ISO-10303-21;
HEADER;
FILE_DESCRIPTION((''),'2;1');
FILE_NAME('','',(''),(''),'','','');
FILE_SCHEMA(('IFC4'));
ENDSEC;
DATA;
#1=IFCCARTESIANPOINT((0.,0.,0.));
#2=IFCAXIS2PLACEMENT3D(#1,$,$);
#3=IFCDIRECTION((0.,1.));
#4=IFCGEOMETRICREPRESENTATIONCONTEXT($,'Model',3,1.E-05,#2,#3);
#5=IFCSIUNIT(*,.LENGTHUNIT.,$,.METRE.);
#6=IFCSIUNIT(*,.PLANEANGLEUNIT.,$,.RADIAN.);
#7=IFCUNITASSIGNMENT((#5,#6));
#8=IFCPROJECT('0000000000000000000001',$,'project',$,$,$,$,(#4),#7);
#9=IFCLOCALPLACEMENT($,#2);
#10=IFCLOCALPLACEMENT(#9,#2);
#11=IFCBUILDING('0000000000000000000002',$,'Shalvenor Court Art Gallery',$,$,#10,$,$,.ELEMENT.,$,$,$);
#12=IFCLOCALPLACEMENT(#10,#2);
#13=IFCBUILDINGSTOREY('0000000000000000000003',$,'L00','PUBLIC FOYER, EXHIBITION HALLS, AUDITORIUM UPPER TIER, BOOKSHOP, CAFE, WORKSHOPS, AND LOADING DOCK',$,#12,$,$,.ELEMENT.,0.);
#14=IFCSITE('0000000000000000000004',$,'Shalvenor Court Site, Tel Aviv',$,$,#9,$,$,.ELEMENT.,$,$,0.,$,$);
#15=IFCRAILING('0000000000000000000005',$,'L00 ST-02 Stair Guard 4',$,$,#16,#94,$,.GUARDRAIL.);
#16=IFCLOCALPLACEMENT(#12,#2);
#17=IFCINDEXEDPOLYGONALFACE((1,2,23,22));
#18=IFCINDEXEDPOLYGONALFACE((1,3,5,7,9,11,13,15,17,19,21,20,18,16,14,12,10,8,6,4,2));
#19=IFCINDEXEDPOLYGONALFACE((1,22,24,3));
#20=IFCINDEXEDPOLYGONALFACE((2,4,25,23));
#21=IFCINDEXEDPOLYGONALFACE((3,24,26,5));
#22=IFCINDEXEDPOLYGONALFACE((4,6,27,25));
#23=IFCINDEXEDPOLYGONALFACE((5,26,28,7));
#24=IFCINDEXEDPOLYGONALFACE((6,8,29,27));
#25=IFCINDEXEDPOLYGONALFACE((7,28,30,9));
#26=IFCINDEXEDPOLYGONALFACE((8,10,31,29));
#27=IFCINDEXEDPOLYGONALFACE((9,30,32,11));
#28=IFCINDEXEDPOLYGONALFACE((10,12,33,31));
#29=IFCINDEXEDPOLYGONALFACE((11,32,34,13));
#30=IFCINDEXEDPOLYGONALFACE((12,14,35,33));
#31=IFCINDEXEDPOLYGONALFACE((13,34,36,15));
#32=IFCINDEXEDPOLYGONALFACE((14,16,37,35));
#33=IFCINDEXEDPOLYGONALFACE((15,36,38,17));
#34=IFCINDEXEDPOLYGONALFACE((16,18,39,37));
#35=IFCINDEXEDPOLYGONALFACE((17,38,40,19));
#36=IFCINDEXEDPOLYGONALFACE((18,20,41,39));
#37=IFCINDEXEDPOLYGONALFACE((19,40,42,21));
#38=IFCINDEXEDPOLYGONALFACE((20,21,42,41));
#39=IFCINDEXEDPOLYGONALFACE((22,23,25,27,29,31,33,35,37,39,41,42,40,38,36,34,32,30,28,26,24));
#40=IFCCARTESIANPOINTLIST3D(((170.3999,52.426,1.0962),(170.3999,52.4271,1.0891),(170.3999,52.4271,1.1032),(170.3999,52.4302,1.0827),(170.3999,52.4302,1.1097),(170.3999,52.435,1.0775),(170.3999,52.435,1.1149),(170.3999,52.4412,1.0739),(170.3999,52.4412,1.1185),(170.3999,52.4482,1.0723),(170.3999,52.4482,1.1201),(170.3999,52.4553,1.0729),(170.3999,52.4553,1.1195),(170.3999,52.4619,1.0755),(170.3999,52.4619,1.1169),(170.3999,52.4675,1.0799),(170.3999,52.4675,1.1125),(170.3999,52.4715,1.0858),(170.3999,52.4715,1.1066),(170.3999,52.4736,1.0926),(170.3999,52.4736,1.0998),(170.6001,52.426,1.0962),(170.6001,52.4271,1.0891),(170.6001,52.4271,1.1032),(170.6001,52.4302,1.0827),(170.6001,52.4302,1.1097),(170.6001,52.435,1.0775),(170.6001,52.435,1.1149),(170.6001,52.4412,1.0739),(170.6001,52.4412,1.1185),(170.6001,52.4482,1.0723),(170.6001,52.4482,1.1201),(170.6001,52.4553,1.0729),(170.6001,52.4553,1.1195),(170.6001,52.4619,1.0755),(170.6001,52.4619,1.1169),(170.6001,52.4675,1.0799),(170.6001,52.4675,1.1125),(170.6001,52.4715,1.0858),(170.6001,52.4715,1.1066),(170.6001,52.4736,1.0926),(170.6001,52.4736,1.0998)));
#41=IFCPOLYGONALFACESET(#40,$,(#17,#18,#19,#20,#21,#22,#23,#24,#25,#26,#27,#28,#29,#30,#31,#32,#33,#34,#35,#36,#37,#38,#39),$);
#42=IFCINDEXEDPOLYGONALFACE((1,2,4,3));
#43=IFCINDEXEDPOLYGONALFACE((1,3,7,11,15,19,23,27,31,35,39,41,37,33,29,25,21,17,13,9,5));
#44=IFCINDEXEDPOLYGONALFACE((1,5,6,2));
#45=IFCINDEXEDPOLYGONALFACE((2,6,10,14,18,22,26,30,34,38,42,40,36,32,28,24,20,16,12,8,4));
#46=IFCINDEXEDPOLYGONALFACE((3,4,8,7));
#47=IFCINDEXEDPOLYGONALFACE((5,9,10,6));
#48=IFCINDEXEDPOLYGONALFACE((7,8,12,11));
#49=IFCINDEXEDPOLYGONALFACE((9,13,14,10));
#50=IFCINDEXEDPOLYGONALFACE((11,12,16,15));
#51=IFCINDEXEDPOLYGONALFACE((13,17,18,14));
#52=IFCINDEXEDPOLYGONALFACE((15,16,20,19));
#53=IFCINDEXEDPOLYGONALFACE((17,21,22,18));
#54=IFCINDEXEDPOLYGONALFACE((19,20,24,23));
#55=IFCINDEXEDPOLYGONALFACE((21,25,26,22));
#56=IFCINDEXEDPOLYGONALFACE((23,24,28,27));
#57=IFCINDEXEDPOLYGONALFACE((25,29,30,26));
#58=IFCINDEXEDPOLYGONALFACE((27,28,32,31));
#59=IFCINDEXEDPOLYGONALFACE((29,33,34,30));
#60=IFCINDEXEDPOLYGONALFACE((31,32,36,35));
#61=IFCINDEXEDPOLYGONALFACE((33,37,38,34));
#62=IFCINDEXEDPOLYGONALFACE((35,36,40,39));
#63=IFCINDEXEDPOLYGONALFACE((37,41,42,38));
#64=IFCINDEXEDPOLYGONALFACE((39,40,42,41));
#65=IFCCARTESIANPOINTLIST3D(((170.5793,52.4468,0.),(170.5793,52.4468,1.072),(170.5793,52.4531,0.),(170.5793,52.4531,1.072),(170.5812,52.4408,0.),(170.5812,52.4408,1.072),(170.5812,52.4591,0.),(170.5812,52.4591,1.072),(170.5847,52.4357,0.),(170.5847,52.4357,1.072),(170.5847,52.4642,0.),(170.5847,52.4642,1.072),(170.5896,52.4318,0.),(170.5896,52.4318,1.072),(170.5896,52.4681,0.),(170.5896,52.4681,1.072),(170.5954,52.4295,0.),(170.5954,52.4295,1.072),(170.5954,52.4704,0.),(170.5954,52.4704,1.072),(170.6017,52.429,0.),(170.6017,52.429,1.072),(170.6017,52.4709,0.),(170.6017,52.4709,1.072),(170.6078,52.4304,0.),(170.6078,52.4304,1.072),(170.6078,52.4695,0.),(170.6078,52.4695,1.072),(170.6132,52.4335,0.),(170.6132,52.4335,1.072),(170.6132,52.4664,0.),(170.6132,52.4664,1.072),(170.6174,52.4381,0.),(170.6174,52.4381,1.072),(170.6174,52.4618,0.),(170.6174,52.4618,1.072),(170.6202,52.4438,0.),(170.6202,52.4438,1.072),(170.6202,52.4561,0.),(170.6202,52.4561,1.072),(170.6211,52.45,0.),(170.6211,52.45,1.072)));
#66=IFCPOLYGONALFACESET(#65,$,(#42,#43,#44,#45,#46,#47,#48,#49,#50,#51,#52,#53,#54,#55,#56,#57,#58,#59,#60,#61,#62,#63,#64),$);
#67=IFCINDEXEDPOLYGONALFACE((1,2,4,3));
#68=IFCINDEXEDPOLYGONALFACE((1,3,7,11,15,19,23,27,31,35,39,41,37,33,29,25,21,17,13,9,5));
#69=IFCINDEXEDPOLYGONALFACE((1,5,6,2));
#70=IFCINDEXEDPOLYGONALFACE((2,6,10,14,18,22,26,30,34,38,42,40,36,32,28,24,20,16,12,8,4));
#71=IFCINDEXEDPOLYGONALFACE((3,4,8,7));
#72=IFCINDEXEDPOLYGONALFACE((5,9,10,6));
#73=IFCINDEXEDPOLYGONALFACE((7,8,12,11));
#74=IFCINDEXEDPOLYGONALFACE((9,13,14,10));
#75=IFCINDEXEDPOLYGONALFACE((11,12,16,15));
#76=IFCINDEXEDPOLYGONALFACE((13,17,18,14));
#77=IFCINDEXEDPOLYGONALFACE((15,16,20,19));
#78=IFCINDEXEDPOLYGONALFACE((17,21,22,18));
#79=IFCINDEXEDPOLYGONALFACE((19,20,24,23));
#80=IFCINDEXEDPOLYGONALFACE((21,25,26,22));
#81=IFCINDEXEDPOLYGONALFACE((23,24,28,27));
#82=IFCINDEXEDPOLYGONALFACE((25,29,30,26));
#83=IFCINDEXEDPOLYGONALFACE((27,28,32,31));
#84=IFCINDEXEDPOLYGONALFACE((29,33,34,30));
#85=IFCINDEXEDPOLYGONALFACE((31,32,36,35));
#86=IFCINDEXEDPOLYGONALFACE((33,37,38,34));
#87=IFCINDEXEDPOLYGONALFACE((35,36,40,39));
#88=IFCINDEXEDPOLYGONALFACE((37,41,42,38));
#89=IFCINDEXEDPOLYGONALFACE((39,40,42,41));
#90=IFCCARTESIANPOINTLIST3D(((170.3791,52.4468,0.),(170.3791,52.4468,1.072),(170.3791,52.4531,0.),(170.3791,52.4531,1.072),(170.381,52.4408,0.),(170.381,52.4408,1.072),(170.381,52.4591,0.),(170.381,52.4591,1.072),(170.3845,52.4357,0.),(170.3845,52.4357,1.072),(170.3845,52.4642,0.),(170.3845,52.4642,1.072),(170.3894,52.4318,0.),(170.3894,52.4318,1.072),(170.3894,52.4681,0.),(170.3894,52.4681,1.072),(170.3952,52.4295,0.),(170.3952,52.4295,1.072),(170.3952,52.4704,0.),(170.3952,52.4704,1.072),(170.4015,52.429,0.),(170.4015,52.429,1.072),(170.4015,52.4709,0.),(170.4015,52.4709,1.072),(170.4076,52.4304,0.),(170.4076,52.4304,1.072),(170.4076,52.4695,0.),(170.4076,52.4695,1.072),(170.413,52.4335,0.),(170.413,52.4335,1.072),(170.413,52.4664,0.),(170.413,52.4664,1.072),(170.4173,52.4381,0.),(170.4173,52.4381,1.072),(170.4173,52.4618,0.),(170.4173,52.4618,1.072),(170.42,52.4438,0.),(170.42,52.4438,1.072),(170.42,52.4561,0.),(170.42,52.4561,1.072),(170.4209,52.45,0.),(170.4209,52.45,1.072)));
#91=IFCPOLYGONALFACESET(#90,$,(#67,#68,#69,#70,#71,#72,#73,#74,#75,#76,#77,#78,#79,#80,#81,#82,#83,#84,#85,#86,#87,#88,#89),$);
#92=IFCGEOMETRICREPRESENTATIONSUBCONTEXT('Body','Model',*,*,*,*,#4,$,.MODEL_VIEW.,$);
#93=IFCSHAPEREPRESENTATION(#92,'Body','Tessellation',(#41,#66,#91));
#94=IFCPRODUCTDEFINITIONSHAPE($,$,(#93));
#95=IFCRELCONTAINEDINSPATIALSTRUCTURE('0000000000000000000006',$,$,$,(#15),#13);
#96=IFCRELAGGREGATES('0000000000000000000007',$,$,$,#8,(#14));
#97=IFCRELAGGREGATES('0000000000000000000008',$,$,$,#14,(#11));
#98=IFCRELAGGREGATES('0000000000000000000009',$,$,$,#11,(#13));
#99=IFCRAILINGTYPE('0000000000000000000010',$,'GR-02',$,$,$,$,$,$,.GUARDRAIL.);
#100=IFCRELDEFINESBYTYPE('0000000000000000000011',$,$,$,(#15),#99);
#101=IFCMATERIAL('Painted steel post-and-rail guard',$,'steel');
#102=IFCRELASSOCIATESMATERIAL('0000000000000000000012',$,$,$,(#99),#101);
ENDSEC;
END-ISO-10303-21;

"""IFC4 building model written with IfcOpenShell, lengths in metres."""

from ifc_helpers import new_model, si_unit, direction, frame, origin, origin_2d, place, context, subcontext, project, spatial, circle, extrude, material, type_object, element, save


model = new_model("IFC4")

# Units and contexts
model_context = context("Model", 3, precision=1e-05, world=origin(), true_north=direction((0.0, 1.0)))
body_context = subcontext(model_context, "Body", "Model", "MODEL_VIEW")
ifc_project = project(units=[si_unit("LENGTHUNIT", "METRE"), si_unit("PLANEANGLEUNIT", "RADIAN")], contexts=[model_context])

# Site, building, storey
site_placement = place(None, origin())
site = spatial("IfcSite", under=ifc_project, at=site_placement, Name="Shalvenor Court Site, Tel Aviv", CompositionType="ELEMENT", RefElevation=0.0)
building_placement = place(site_placement, origin())
building = spatial("IfcBuilding", under=site, at=building_placement, Name="Shalvenor Court Art Gallery", CompositionType="ELEMENT")
storey_placement = place(building_placement, origin())
storey = spatial("IfcBuildingStorey", under=building, at=storey_placement, Name="L00", Description="PUBLIC FOYER, EXHIBITION HALLS, AUDITORIUM UPPER TIER, BOOKSHOP, CAFE, WORKSHOPS, AND LOADING DOCK", CompositionType="ELEMENT", Elevation=0.0)

# Railing
ifc_material_1 = material(Name="Painted steel post-and-rail guard", Category="steel")
railing_type_1 = type_object("IfcRailingType", Name="GR-02", PredefinedType="GUARDRAIL", material=ifc_material_1)
railing_1_placement = place(storey_placement, frame((170.6001, 52.45, 0.0)))
element("IfcRailing", 1, at=railing_1_placement, inside=storey, type_object=railing_type_1, Name="L00 ST-02 Stair Guard 4", PredefinedType="GUARDRAIL", context=body_context, shape_type="SweptSolid", body=[
    extrude(circle(Radius=0.0239, at=origin_2d()), frame((0.0, 0.0, 1.0962), z_axis=(-1.0, 0.0, 0.0), x_axis=(0.0, -1.0, 0.0)), (0.0, 0.0, 1.0), 0.2002),
    extrude(circle(Radius=0.021, at=origin_2d()), origin(), (0.0, 0.0, 1.0), 1.072),
    extrude(circle(Radius=0.021, at=origin_2d()), frame((-0.2002, 0.0, 0.0)), (0.0, 0.0, 1.0), 1.072),
])

save(model, "model.ifc")
